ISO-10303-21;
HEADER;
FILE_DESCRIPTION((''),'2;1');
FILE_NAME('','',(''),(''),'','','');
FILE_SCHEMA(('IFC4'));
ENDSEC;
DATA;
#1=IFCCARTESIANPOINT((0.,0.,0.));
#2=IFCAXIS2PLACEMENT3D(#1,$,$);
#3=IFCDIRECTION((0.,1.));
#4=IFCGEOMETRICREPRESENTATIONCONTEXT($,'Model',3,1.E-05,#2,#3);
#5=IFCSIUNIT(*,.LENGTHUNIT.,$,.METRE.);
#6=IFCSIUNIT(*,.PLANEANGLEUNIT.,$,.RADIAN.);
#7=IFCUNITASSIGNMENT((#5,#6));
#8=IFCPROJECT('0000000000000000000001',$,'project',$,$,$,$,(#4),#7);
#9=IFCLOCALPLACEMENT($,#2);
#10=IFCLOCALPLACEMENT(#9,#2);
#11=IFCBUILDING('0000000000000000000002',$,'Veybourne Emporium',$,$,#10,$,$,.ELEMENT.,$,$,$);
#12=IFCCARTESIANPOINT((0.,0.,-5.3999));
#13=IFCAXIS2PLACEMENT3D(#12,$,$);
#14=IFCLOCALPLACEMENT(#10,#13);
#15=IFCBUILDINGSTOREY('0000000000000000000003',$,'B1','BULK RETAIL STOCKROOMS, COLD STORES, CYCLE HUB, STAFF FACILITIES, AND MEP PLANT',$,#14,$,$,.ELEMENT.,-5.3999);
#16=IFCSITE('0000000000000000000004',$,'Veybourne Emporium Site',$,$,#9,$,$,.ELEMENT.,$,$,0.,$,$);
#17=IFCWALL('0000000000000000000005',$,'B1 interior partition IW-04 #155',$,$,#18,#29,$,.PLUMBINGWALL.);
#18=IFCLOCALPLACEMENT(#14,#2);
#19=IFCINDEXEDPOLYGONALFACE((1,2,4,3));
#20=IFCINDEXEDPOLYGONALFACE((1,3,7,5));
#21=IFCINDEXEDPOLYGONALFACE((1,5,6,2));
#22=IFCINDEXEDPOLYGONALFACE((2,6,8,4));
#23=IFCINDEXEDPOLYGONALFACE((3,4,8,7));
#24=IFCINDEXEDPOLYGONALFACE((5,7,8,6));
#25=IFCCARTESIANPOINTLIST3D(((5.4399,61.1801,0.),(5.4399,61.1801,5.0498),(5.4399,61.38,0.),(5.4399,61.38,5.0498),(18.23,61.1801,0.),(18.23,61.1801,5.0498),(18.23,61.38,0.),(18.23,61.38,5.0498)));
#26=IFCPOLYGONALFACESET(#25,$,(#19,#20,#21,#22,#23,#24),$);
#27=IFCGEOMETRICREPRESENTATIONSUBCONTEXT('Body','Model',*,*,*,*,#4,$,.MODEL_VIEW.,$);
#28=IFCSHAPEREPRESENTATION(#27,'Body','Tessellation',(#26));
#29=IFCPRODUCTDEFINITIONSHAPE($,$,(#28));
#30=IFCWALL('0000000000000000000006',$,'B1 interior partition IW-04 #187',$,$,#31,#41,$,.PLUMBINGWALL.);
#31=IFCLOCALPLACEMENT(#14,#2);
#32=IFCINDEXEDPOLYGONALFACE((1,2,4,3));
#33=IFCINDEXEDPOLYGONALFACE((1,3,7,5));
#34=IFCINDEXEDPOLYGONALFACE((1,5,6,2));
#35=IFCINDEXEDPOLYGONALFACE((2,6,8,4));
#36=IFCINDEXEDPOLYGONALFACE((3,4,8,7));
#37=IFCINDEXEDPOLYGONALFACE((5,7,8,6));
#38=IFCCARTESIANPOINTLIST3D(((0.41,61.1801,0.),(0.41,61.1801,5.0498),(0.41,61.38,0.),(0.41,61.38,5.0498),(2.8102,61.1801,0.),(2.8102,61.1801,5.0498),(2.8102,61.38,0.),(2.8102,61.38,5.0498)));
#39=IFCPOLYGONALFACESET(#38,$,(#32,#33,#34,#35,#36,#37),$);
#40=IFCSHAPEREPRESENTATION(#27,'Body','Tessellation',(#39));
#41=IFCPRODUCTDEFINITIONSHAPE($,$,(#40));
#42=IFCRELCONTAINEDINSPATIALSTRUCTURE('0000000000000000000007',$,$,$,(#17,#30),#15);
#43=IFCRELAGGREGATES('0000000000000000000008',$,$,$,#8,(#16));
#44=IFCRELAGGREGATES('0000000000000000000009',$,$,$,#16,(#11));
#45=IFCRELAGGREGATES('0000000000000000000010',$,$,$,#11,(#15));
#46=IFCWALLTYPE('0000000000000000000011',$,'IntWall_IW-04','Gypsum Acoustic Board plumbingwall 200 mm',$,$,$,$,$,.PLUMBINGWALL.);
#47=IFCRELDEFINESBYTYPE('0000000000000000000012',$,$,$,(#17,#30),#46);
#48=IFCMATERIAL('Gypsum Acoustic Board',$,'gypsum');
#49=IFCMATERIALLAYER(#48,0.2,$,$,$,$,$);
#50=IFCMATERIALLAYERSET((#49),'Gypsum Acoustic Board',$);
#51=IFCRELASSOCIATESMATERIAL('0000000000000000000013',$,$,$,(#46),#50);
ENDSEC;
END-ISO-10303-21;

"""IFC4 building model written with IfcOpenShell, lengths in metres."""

from ifc_helpers import new_model, si_unit, direction, frame, frame_2d, origin, place, context, subcontext, project, spatial, rectangle, extrude, material, layer, layer_set, type_object, element, save


model = new_model("IFC4")

# Units and contexts
model_context = context("Model", 3, precision=1e-05, world=origin(), true_north=direction((0.0, 1.0)))
body_context = subcontext(model_context, "Body", "Model", "MODEL_VIEW")
ifc_project = project(units=[si_unit("LENGTHUNIT", "METRE"), si_unit("PLANEANGLEUNIT", "RADIAN")], contexts=[model_context])

# Site, building, storey
site_placement = place(None, origin())
site = spatial("IfcSite", under=ifc_project, at=site_placement, Name="Veybourne Emporium Site", CompositionType="ELEMENT", RefElevation=0.0)
building_placement = place(site_placement, origin())
building = spatial("IfcBuilding", under=site, at=building_placement, Name="Veybourne Emporium", CompositionType="ELEMENT")
storey_placement = place(building_placement, frame((0.0, 0.0, -5.3999)))
storey = spatial("IfcBuildingStorey", under=building, at=storey_placement, Name="B1", Description="BULK RETAIL STOCKROOMS, COLD STORES, CYCLE HUB, STAFF FACILITIES, AND MEP PLANT", CompositionType="ELEMENT", Elevation=-5.3999)

# Shared definitions
ifc_material_1 = material(Name="Gypsum Acoustic Board", Category="gypsum")
ifc_layer_1 = layer(ifc_material_1, 0.2)
ifc_layer_set_1 = layer_set([ifc_layer_1], Name="Gypsum Acoustic Board")
wall_type_1 = type_object("IfcWallType", Name="IntWall_IW-04", Description="Gypsum Acoustic Board plumbingwall 200 mm", PredefinedType="PLUMBINGWALL", material=ifc_layer_set_1)

# Walls
wall_1_placement = place(storey_placement, frame((5.4399, 61.28, 0.0), z_axis=(0.0, 0.0, 1.0), x_axis=(1.0, 0.0, 0.0)))
element("IfcWall", 1, at=wall_1_placement, inside=storey, type_object=wall_type_1, Name="B1 interior partition IW-04 #155", PredefinedType="PLUMBINGWALL", context=body_context, shape_type="SweptSolid", body=[
    extrude(rectangle(XDim=12.79, YDim=0.2, at=frame_2d((6.395, 0.0))), origin(), (0.0, 0.0, 1.0), 5.0498),
])
wall_2_placement = place(storey_placement, frame((0.4099, 61.28, 0.0), z_axis=(0.0, 0.0, 1.0), x_axis=(1.0, 0.0, 0.0)))
element("IfcWall", 2, at=wall_2_placement, inside=storey, type_object=wall_type_1, Name="B1 interior partition IW-04 #187", PredefinedType="PLUMBINGWALL", context=body_context, shape_type="SweptSolid", body=[
    extrude(rectangle(XDim=2.4001, YDim=0.2, at=frame_2d((1.2002, 0.0))), origin(), (0.0, 0.0, 1.0), 5.0498),
])

save(model, "model.ifc")
